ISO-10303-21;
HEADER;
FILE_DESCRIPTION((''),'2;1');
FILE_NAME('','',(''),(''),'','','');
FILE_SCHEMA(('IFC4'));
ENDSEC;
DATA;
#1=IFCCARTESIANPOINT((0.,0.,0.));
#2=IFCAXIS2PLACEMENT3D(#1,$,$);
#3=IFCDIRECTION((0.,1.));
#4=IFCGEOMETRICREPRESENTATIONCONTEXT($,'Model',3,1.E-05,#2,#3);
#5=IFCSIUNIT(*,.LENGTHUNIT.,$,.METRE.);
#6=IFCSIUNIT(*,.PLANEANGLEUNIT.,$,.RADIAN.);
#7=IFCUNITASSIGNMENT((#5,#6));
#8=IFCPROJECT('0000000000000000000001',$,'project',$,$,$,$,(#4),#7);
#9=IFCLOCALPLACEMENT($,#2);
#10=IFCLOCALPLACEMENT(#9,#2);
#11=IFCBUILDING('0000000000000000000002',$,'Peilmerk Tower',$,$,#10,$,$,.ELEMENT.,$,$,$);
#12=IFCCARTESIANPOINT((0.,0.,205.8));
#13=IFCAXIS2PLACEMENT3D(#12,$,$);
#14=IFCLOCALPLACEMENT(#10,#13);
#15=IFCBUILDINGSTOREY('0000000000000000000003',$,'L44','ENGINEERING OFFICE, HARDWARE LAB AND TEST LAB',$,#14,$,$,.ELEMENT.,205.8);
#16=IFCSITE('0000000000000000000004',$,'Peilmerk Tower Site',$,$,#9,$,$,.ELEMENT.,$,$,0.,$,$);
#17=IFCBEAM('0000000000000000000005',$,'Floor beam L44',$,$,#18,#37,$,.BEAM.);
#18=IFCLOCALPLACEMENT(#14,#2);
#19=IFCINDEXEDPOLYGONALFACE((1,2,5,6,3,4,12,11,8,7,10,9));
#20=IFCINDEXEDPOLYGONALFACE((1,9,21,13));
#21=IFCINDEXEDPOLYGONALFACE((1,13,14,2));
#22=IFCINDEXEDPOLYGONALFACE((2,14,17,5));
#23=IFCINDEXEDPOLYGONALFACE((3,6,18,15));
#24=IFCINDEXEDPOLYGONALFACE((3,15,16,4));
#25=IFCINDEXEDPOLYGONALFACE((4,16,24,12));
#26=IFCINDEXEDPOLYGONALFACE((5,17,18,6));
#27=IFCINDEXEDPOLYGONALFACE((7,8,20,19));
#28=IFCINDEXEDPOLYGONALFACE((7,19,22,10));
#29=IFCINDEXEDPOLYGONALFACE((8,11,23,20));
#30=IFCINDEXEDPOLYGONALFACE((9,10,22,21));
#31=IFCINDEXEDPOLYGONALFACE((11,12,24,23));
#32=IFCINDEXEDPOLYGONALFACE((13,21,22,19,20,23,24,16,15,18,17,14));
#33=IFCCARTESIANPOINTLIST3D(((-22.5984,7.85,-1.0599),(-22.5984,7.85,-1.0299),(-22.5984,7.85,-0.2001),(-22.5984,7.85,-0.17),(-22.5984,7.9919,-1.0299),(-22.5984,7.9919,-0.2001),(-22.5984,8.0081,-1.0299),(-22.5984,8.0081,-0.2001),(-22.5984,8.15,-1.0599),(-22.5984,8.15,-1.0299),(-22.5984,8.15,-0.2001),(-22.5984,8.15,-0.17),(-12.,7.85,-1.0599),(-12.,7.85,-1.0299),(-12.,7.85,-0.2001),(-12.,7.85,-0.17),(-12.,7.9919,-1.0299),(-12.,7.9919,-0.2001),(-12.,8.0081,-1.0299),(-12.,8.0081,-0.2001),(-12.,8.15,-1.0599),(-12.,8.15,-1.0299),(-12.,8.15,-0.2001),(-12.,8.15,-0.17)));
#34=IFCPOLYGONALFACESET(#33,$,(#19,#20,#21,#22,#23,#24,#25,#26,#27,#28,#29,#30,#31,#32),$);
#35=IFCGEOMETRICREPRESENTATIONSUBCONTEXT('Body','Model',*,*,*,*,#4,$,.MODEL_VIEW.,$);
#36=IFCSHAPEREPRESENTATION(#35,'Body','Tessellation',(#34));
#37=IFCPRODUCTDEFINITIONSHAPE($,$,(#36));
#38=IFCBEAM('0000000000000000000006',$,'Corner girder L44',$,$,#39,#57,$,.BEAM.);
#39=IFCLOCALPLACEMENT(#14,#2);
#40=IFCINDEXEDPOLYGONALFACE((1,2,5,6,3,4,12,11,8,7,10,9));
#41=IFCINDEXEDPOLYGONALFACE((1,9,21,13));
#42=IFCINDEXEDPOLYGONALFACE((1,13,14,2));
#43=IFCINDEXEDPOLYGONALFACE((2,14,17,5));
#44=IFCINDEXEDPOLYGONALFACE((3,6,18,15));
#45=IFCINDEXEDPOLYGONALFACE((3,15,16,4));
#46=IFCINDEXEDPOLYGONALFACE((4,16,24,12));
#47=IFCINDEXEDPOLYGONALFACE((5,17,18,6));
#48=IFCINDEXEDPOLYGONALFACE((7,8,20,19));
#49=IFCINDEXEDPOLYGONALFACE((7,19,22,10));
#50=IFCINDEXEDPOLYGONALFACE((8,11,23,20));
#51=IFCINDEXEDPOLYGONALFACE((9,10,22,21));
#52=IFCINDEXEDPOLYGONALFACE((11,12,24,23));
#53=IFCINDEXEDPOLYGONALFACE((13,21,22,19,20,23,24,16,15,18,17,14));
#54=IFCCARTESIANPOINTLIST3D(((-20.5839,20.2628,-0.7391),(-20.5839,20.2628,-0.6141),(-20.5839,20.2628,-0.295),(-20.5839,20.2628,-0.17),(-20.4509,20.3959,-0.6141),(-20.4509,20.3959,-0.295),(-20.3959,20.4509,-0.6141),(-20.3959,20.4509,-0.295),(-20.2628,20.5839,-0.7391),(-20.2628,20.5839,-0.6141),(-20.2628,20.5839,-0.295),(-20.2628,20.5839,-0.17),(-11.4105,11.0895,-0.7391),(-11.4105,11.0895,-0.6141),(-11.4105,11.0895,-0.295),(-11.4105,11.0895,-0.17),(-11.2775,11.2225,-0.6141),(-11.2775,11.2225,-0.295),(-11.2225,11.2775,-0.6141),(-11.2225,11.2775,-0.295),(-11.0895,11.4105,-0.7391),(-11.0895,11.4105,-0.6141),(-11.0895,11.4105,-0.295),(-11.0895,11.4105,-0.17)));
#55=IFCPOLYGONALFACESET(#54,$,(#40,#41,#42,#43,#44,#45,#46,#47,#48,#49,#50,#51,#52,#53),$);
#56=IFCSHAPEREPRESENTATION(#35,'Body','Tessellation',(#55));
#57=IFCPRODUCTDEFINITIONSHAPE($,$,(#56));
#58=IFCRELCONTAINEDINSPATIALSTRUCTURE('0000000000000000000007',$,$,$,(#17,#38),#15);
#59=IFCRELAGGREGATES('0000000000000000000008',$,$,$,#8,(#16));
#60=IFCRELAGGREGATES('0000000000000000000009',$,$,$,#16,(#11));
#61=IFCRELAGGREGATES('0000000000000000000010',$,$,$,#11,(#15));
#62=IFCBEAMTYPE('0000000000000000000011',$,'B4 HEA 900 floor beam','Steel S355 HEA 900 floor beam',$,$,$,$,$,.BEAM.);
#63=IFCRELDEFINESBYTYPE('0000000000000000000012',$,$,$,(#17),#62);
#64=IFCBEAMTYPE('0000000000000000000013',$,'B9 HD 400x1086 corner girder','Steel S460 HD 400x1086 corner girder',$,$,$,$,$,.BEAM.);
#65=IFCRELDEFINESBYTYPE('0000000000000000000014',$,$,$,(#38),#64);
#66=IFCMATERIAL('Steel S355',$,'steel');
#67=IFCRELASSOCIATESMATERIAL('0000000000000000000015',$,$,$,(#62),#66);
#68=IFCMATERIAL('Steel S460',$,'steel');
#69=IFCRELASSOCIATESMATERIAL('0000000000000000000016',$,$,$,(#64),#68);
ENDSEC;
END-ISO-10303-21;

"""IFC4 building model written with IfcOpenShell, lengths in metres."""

from ifc_helpers import new_model, si_unit, direction, frame, origin, origin_2d, place, context, subcontext, project, spatial, i_section, extrude, material, material_profile, profile_set, type_object, element, save


model = new_model("IFC4")

# Units and contexts
model_context = context("Model", 3, precision=1e-05, world=origin(), true_north=direction((0.0, 1.0)))
body_context = subcontext(model_context, "Body", "Model", "MODEL_VIEW")
ifc_project = project(units=[si_unit("LENGTHUNIT", "METRE"), si_unit("PLANEANGLEUNIT", "RADIAN")], contexts=[model_context])

# Site, building, storey
site_placement = place(None, origin())
site = spatial("IfcSite", under=ifc_project, at=site_placement, Name="Peilmerk Tower Site", CompositionType="ELEMENT", RefElevation=0.0)
building_placement = place(site_placement, origin())
building = spatial("IfcBuilding", under=site, at=building_placement, Name="Peilmerk Tower", CompositionType="ELEMENT")
storey_placement = place(building_placement, frame((0.0, 0.0, 205.8)))
storey = spatial("IfcBuildingStorey", under=building, at=storey_placement, Name="L44", Description="ENGINEERING OFFICE, HARDWARE LAB AND TEST LAB", CompositionType="ELEMENT", Elevation=205.8)

# Shared definitions
ifc_material_1 = material(Name="Steel S460", Category="steel")

# Beams
ifc_material_2 = material(Name="Steel S355", Category="steel")
ifc_material_profile_1 = material_profile(ifc_material_2, i_section(OverallWidth=0.3, OverallDepth=0.8899, WebThickness=0.0161, FlangeThickness=0.03, at=origin_2d()), Name="HEA 900")
ifc_profile_set_1 = profile_set([ifc_material_profile_1], Name="Steel S355")
beam_type_1 = type_object("IfcBeamType", Name="B4 HEA 900 floor beam", Description="Steel S355 HEA 900 floor beam", PredefinedType="BEAM", material=ifc_profile_set_1)
for number, where, z_axis, x_axis, name in (
    (1, (-12.0, 8.0, -0.615), (-1.0, 0.0, 0.0), (0.0, -1.0, 0.0), "Floor beam L44"),
):
    element("IfcBeam", number, at=place(storey_placement, frame(where, z_axis=z_axis, x_axis=x_axis)), inside=storey, type_object=beam_type_1, Name=name, PredefinedType="BEAM", context=body_context, shape_type="SweptSolid", body=[
        extrude(i_section(OverallWidth=0.3, OverallDepth=0.8899, WebThickness=0.0161, FlangeThickness=0.03, at=origin_2d()), origin(), (0.0, 0.0, 1.0), 10.5984),
    ])
ifc_material_profile_2 = material_profile(ifc_material_1, i_section(OverallWidth=0.4541, OverallDepth=0.5691, WebThickness=0.0779, FlangeThickness=0.125, at=origin_2d()), Name="HD 400x1086")
ifc_profile_set_2 = profile_set([ifc_material_profile_2], Name="Steel S460")
beam_type_2 = type_object("IfcBeamType", Name="B9 HD 400x1086 corner girder", Description="Steel S460 HD 400x1086 corner girder", PredefinedType="BEAM", material=ifc_profile_set_2)
beam_1_placement = place(storey_placement, frame((-11.25, 11.25, -0.4546), z_axis=(-0.707107, 0.707107, 0.0), x_axis=(-0.707107, -0.707107, 0.0)))
element("IfcBeam", 2, at=beam_1_placement, inside=storey, type_object=beam_type_2, Name="Corner girder L44", PredefinedType="BEAM", context=body_context, shape_type="SweptSolid", body=[
    extrude(i_section(OverallWidth=0.4541, OverallDepth=0.5691, WebThickness=0.0779, FlangeThickness=0.125, at=origin_2d()), origin(), (0.0, 0.0, 1.0), 12.9731),
])

save(model, "model.ifc")
